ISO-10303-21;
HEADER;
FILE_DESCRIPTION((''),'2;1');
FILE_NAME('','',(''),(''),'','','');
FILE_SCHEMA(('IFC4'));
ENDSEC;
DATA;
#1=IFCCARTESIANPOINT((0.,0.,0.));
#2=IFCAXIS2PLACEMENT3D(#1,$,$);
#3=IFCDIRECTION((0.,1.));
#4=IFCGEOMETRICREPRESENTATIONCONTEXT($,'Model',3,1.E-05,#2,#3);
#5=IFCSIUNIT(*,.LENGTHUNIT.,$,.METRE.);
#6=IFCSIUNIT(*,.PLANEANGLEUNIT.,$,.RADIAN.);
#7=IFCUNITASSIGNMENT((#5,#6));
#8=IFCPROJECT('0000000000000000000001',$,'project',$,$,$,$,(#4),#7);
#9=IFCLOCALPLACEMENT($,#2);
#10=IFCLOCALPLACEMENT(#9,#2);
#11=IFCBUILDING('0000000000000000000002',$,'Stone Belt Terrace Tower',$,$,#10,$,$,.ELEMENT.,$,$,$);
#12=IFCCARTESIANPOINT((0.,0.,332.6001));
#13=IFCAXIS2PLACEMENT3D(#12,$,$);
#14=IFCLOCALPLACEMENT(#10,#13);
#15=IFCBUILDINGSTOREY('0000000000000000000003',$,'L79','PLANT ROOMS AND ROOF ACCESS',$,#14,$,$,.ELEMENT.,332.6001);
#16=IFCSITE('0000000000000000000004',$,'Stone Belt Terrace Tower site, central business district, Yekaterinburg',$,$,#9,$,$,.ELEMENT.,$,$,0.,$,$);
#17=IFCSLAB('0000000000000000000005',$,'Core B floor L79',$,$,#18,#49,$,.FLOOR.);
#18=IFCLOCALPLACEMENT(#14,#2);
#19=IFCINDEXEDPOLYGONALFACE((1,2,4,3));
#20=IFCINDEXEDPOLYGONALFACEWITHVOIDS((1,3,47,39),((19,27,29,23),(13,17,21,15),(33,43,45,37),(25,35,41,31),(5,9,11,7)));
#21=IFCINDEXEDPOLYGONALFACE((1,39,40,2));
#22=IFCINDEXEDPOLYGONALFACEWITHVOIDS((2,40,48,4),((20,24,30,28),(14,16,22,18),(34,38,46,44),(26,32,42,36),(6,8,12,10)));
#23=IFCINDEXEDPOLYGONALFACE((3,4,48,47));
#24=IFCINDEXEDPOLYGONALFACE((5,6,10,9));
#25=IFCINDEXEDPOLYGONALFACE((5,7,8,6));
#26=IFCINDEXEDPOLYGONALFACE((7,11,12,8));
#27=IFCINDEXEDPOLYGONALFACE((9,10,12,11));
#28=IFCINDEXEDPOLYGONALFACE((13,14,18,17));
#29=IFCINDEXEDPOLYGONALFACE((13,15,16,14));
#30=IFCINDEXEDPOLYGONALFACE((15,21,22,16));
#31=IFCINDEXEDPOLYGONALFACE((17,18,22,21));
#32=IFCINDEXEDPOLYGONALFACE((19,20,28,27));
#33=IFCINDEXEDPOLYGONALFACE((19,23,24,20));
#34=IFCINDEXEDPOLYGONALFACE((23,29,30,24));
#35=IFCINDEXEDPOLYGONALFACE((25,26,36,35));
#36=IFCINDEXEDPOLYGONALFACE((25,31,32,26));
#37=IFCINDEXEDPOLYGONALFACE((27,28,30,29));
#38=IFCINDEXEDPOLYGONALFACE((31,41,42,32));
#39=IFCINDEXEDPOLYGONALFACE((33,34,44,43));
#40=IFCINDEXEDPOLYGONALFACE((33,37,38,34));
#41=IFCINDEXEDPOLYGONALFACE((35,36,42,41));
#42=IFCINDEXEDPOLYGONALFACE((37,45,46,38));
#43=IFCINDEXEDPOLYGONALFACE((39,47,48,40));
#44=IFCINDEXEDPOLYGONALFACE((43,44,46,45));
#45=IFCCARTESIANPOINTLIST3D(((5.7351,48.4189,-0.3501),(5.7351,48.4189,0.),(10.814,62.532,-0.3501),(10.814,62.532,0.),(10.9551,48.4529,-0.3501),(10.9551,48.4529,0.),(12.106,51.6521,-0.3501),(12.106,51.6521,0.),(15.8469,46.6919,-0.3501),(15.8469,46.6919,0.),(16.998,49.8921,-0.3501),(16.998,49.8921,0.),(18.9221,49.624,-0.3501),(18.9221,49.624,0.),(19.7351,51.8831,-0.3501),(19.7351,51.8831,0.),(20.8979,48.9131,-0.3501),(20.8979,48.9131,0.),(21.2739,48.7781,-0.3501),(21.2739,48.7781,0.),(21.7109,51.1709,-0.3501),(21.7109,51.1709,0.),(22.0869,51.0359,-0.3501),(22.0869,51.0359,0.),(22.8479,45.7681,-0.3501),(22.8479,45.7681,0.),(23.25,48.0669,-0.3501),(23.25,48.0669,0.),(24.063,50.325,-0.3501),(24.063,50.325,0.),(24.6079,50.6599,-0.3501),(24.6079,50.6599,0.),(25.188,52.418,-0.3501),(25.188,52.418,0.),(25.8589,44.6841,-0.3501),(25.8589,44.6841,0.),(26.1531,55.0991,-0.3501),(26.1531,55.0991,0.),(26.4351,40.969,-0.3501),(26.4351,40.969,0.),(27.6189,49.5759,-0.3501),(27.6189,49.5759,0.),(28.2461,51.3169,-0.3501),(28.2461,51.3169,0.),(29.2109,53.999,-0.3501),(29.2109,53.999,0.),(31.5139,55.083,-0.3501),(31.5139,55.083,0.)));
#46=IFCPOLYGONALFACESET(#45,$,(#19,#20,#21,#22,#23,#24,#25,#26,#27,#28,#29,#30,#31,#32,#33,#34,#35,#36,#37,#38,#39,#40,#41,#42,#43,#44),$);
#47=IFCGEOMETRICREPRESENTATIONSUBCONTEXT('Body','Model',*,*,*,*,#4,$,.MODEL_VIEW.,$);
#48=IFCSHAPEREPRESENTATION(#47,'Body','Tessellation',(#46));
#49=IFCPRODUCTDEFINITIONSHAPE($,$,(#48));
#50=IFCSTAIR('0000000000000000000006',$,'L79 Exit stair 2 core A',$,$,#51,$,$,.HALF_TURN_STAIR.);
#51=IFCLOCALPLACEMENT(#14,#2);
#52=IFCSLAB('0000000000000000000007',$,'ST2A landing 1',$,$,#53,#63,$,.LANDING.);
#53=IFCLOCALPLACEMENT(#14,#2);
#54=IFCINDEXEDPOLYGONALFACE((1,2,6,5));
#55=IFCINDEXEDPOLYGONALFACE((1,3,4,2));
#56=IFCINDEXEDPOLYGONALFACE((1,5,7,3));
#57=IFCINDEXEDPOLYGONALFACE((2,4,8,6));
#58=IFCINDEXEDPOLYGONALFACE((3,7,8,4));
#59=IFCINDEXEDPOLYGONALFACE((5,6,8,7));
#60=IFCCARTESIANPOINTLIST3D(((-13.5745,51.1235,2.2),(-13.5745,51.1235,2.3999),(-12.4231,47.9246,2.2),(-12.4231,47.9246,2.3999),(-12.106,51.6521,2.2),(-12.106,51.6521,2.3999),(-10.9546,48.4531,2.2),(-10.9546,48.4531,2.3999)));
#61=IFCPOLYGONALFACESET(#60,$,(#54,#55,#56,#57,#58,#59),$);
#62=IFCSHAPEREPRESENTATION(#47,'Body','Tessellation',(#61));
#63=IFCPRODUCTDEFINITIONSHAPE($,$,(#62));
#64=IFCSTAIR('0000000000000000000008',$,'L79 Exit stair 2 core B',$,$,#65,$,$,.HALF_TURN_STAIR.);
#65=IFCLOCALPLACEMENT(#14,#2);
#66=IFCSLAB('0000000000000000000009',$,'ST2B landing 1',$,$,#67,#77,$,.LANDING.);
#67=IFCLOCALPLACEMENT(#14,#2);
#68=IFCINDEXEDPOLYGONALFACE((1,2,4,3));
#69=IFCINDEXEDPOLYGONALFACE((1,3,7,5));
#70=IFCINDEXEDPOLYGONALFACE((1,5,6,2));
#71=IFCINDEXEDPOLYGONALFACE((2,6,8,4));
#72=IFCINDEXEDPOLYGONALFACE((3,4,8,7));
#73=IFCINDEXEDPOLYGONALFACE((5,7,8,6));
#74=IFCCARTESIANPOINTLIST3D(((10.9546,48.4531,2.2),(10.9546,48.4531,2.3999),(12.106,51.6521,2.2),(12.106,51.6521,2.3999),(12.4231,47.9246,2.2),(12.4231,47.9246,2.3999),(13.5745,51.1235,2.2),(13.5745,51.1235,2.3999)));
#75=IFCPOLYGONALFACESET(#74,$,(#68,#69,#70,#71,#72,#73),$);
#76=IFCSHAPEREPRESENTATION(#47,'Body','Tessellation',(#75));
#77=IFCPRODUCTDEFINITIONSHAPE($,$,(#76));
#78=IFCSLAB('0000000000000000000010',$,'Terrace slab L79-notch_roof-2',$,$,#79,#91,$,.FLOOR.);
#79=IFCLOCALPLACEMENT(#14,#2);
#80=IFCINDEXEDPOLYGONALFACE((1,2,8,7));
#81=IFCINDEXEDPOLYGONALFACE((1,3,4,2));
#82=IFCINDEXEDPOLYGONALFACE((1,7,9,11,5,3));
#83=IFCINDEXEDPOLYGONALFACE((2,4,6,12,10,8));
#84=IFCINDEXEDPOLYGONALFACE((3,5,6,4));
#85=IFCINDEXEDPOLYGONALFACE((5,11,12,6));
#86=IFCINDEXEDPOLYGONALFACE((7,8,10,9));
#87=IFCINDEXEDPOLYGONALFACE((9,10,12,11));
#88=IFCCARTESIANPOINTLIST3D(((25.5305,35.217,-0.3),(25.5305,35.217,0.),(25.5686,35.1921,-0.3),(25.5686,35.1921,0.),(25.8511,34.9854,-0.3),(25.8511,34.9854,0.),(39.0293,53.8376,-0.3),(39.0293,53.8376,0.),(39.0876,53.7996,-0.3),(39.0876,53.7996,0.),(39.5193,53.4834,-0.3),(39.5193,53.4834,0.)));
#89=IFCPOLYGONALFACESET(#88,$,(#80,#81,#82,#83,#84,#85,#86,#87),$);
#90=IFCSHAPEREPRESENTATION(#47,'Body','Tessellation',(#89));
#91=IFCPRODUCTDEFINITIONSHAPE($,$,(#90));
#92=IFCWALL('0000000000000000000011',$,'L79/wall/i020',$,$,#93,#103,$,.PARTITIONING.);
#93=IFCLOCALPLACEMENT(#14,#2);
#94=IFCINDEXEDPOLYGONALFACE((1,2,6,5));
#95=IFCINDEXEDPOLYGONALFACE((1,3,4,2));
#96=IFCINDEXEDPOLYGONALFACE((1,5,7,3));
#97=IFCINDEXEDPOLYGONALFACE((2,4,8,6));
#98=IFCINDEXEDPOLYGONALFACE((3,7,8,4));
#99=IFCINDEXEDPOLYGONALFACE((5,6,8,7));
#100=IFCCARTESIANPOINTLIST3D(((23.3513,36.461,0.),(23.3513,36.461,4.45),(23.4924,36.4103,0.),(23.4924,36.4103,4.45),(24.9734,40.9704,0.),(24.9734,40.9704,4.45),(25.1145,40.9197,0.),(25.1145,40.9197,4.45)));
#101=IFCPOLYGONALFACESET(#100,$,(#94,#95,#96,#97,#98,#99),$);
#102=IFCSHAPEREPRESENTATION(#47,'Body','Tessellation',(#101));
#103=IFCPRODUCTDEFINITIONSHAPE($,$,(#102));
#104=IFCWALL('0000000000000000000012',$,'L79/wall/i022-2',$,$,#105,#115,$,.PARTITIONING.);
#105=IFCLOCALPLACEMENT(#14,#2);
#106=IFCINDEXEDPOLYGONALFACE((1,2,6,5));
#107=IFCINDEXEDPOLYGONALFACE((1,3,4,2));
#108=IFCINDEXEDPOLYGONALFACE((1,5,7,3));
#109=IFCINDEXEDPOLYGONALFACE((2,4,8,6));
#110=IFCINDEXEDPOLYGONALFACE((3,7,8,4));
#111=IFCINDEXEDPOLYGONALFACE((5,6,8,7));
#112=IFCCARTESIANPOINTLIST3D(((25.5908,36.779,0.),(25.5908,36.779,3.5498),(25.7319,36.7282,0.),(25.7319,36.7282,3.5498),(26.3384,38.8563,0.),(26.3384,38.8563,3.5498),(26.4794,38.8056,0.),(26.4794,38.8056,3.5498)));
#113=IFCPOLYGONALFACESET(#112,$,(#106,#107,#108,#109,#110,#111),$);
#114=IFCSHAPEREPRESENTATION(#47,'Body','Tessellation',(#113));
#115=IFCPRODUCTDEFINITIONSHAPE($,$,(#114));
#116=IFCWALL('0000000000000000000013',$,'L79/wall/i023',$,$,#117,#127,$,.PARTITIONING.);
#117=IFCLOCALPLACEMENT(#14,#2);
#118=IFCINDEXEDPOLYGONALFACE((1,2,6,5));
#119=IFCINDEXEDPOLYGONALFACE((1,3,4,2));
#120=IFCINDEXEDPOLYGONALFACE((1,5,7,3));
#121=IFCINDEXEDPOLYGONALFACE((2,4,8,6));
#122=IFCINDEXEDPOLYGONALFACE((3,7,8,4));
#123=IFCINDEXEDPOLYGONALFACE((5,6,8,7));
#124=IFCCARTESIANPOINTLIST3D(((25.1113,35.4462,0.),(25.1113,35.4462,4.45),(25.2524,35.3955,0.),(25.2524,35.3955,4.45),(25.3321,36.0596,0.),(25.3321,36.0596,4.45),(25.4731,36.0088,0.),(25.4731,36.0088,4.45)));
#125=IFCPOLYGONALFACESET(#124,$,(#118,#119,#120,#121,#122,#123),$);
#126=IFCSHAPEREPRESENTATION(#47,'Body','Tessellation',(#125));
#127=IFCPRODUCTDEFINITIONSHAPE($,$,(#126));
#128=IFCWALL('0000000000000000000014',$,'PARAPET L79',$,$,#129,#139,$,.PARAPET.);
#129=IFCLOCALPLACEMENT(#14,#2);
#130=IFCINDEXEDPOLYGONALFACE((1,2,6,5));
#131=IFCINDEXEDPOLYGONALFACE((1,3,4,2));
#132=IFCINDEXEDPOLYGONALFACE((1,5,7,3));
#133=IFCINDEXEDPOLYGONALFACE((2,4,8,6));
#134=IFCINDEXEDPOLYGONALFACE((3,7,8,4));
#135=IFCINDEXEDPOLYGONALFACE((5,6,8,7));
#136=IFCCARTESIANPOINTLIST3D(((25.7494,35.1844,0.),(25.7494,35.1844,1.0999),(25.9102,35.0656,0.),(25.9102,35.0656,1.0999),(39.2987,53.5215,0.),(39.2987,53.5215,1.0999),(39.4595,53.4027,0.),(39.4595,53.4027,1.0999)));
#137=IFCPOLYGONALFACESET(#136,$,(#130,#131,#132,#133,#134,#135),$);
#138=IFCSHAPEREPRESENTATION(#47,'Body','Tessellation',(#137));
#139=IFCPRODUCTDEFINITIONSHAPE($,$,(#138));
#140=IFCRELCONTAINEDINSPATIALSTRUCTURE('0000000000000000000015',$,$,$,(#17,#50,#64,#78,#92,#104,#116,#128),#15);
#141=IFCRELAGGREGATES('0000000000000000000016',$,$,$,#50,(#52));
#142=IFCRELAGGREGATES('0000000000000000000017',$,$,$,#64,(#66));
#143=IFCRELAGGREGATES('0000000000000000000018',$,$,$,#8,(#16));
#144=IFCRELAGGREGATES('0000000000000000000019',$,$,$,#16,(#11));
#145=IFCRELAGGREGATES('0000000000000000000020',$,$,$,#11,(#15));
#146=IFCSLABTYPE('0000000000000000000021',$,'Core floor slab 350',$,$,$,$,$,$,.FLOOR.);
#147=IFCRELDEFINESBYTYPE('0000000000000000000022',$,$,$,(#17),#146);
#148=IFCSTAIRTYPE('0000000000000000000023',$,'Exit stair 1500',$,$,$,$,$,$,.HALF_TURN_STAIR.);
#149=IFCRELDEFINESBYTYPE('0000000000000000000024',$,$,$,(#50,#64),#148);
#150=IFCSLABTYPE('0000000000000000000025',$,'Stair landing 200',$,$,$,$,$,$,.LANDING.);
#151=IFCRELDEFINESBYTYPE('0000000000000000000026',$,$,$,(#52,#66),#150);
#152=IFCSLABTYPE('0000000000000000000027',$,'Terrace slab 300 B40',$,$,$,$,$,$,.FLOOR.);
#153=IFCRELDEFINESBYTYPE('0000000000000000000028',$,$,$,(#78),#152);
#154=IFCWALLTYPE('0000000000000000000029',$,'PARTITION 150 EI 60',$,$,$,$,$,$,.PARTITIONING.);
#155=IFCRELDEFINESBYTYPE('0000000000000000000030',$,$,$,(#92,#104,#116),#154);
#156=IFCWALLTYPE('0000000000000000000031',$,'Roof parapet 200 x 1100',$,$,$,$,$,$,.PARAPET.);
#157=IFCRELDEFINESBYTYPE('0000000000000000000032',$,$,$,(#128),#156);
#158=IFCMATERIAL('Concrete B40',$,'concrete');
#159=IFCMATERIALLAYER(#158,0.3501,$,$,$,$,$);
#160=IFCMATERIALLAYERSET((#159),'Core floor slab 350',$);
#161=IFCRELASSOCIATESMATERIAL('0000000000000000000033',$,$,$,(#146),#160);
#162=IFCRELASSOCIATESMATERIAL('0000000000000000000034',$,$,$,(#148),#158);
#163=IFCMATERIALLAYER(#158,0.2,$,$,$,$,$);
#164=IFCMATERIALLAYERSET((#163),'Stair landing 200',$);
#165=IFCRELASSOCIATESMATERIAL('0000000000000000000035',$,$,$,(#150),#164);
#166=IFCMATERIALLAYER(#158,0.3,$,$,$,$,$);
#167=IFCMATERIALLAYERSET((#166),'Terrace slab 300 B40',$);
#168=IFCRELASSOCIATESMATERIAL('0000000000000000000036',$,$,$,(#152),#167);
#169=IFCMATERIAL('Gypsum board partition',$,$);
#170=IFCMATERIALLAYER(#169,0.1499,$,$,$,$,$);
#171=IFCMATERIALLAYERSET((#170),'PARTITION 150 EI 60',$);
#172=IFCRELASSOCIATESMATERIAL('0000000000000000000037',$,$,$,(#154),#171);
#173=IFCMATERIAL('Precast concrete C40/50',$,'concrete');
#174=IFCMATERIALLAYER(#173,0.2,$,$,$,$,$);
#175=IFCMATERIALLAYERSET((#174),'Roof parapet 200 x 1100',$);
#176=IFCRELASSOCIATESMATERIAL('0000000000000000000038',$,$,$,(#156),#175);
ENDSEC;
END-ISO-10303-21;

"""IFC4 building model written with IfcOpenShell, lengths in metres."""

from ifc_helpers import new_model, si_unit, direction, frame, frame_2d, origin, place, context, subcontext, project, spatial, polyline, rectangle, outline, extrude, material, layer, layer_set, type_object, element, aggregate, save


model = new_model("IFC4")

# Units and contexts
model_context = context("Model", 3, precision=1e-05, world=origin(), true_north=direction((0.0, 1.0)))
body_context = subcontext(model_context, "Body", "Model", "MODEL_VIEW")
ifc_project = project(units=[si_unit("LENGTHUNIT", "METRE"), si_unit("PLANEANGLEUNIT", "RADIAN")], contexts=[model_context])

# Site, building, storey
site_placement = place(None, origin())
site = spatial("IfcSite", under=ifc_project, at=site_placement, Name="Stone Belt Terrace Tower site, central business district, Yekaterinburg", CompositionType="ELEMENT", RefElevation=0.0)
building_placement = place(site_placement, origin())
building = spatial("IfcBuilding", under=site, at=building_placement, Name="Stone Belt Terrace Tower", CompositionType="ELEMENT")
storey_placement = place(building_placement, frame((0.0, 0.0, 332.6001)))
storey = spatial("IfcBuildingStorey", under=building, at=storey_placement, Name="L79", Description="PLANT ROOMS AND ROOF ACCESS", CompositionType="ELEMENT", Elevation=332.6001)

# Slab
ifc_material_1 = material(Name="Concrete B40", Category="concrete")
ifc_layer_1 = layer(ifc_material_1, 0.3501)
ifc_layer_set_1 = layer_set([ifc_layer_1], Name="Core floor slab 350")
slab_type_1 = type_object("IfcSlabType", Name="Core floor slab 350", PredefinedType="FLOOR", material=ifc_layer_set_1)
slab_1_placement = place(storey_placement, frame((0.0, 0.0, -0.3501)))
element("IfcSlab", 1, at=slab_1_placement, inside=storey, type_object=slab_type_1, Name="Core B floor L79", PredefinedType="FLOOR", context=body_context, shape_type="SweptSolid", body=[
    extrude(outline(polyline([(26.4351, 40.969), (31.5139, 55.083), (10.814, 62.532), (5.7351, 48.4189), (26.4351, 40.969)]), holes=[polyline([(24.6079, 50.6599), (27.6189, 49.5759), (25.8589, 44.6841), (22.8479, 45.7681), (24.6079, 50.6599)]), polyline([(10.9551, 48.4529), (12.106, 51.6521), (16.998, 49.8921), (15.8469, 46.6919), (10.9551, 48.4529)]), polyline([(24.063, 50.325), (23.25, 48.0669), (21.2739, 48.7781), (22.0869, 51.0359), (24.063, 50.325)]), polyline([(20.8979, 48.9131), (18.9221, 49.624), (19.7351, 51.8831), (21.7109, 51.1709), (20.8979, 48.9131)]), polyline([(26.1531, 55.0991), (29.2109, 53.999), (28.2461, 51.3169), (25.188, 52.418), (26.1531, 55.0991)])]), origin(), (0.0, 0.0, 1.0), 0.3501),
])

# Stairs, slabs
stair_type = type_object("IfcStairType", Name="Exit stair 1500", PredefinedType="HALF_TURN_STAIR", material=ifc_material_1)
stair_1_placement = place(storey_placement, origin())
stair_1 = element("IfcStair", 2, at=stair_1_placement, inside=storey, type_object=stair_type, Name="L79 Exit stair 2 core A", PredefinedType="HALF_TURN_STAIR")
ifc_layer_2 = layer(ifc_material_1, 0.2)
ifc_layer_set_2 = layer_set([ifc_layer_2], Name="Stair landing 200")
slab_type_2 = type_object("IfcSlabType", Name="Stair landing 200", PredefinedType="LANDING", material=ifc_layer_set_2)
slab_2_placement = place(storey_placement, frame((0.0, 0.0, 2.2)))
slab_2 = element("IfcSlab", 3, at=slab_2_placement, type_object=slab_type_2, Name="ST2A landing 1", PredefinedType="LANDING", context=body_context, shape_type="SweptSolid", body=[
    extrude(outline(polyline([(-12.4231, 47.9246), (-10.9546, 48.4531), (-12.106, 51.6521), (-13.5745, 51.1235), (-12.4231, 47.9246)])), origin(), (0.0, 0.0, 1.0), 0.2),
])
aggregate(stair_1, [slab_2])
stair_2_placement = place(storey_placement, origin())
stair_2 = element("IfcStair", 4, at=stair_2_placement, inside=storey, type_object=stair_type, Name="L79 Exit stair 2 core B", PredefinedType="HALF_TURN_STAIR")
slab_3_placement = place(storey_placement, frame((0.0, 0.0, 2.2)))
slab_3 = element("IfcSlab", 5, at=slab_3_placement, type_object=slab_type_2, Name="ST2B landing 1", PredefinedType="LANDING", context=body_context, shape_type="SweptSolid", body=[
    extrude(outline(polyline([(13.5745, 51.1235), (12.106, 51.6521), (10.9546, 48.4531), (12.4231, 47.9246), (13.5745, 51.1235)])), origin(), (0.0, 0.0, 1.0), 0.2),
])
aggregate(stair_2, [slab_3])

# Slab
ifc_layer_3 = layer(ifc_material_1, 0.3)
ifc_layer_set_3 = layer_set([ifc_layer_3], Name="Terrace slab 300 B40")
slab_type_3 = type_object("IfcSlabType", Name="Terrace slab 300 B40", PredefinedType="FLOOR", material=ifc_layer_set_3)
slab_4_placement = place(storey_placement, frame((0.0, 0.0, -0.3)))
element("IfcSlab", 6, at=slab_4_placement, inside=storey, type_object=slab_type_3, Name="Terrace slab L79-notch_roof-2", PredefinedType="FLOOR", context=body_context, shape_type="SweptSolid", body=[
    extrude(outline(polyline([(39.0293, 53.8376), (25.5305, 35.217), (25.5686, 35.1921), (25.8511, 34.9854), (39.5193, 53.4834), (39.0876, 53.7996), (39.0293, 53.8376)])), origin(), (0.0, 0.0, 1.0), 0.3),
])

# Walls
ifc_material_2 = material(Name="Gypsum board partition")
ifc_layer_4 = layer(ifc_material_2, 0.1499)
ifc_layer_set_4 = layer_set([ifc_layer_4], Name="PARTITION 150 EI 60")
wall_type_1 = type_object("IfcWallType", Name="PARTITION 150 EI 60", PredefinedType="PARTITIONING", material=ifc_layer_set_4)
wall_1_placement = place(storey_placement, frame((23.4219, 36.4358, 0.0), z_axis=(0.0, 0.0, 1.0), x_axis=(0.338485, 0.940972, 0.0)))
element("IfcWall", 7, at=wall_1_placement, inside=storey, type_object=wall_type_1, Name="L79/wall/i020", PredefinedType="PARTITIONING", context=body_context, shape_type="SweptSolid", body=[
    extrude(rectangle(XDim=4.7922, YDim=0.1499, at=frame_2d((2.396, 0.0))), origin(), (0.0, 0.0, 1.0), 4.45),
])
wall_2_placement = place(storey_placement, frame((26.4089, 38.8311, 0.0), z_axis=(0.0, 0.0, 1.0), x_axis=(-0.338598, -0.940931, 0.0)))
element("IfcWall", 8, at=wall_2_placement, inside=storey, type_object=wall_type_1, Name="L79/wall/i022-2", PredefinedType="PARTITIONING", context=body_context, shape_type="SweptSolid", body=[
    extrude(rectangle(XDim=2.2078, YDim=0.1499, at=frame_2d((1.104, 0.0))), origin(), (0.0, 0.0, 1.0), 3.5498),
])
wall_3_placement = place(storey_placement, frame((25.4026, 36.0342, 0.0), z_axis=(0.0, 0.0, 1.0), x_axis=(-0.338613, -0.940926, 0.0)))
element("IfcWall", 9, at=wall_3_placement, inside=storey, type_object=wall_type_1, Name="L79/wall/i023", PredefinedType="PARTITIONING", context=body_context, shape_type="SweptSolid", body=[
    extrude(rectangle(XDim=0.6519, YDim=0.1499, at=frame_2d((0.3259, 0.0))), origin(), (0.0, 0.0, 1.0), 4.45),
])
ifc_material_3 = material(Name="Precast concrete C40/50", Category="concrete")
ifc_layer_5 = layer(ifc_material_3, 0.2)
ifc_layer_set_5 = layer_set([ifc_layer_5], Name="Roof parapet 200 x 1100")
wall_type_2 = type_object("IfcWallType", Name="Roof parapet 200 x 1100", PredefinedType="PARAPET", material=ifc_layer_set_5)
wall_4_placement = place(storey_placement, frame((25.8298, 35.125, 0.0), z_axis=(0.0, 0.0, 1.0), x_axis=(0.594271, 0.804265, 0.0)))
element("IfcWall", 10, at=wall_4_placement, inside=storey, type_object=wall_type_2, Name="PARAPET L79", PredefinedType="PARAPET", context=body_context, shape_type="SweptSolid", body=[
    extrude(rectangle(XDim=22.7998, YDim=0.2, at=frame_2d((11.3999, 0.0))), origin(), (0.0, 0.0, 1.0), 1.0999),
])

save(model, "model.ifc")
